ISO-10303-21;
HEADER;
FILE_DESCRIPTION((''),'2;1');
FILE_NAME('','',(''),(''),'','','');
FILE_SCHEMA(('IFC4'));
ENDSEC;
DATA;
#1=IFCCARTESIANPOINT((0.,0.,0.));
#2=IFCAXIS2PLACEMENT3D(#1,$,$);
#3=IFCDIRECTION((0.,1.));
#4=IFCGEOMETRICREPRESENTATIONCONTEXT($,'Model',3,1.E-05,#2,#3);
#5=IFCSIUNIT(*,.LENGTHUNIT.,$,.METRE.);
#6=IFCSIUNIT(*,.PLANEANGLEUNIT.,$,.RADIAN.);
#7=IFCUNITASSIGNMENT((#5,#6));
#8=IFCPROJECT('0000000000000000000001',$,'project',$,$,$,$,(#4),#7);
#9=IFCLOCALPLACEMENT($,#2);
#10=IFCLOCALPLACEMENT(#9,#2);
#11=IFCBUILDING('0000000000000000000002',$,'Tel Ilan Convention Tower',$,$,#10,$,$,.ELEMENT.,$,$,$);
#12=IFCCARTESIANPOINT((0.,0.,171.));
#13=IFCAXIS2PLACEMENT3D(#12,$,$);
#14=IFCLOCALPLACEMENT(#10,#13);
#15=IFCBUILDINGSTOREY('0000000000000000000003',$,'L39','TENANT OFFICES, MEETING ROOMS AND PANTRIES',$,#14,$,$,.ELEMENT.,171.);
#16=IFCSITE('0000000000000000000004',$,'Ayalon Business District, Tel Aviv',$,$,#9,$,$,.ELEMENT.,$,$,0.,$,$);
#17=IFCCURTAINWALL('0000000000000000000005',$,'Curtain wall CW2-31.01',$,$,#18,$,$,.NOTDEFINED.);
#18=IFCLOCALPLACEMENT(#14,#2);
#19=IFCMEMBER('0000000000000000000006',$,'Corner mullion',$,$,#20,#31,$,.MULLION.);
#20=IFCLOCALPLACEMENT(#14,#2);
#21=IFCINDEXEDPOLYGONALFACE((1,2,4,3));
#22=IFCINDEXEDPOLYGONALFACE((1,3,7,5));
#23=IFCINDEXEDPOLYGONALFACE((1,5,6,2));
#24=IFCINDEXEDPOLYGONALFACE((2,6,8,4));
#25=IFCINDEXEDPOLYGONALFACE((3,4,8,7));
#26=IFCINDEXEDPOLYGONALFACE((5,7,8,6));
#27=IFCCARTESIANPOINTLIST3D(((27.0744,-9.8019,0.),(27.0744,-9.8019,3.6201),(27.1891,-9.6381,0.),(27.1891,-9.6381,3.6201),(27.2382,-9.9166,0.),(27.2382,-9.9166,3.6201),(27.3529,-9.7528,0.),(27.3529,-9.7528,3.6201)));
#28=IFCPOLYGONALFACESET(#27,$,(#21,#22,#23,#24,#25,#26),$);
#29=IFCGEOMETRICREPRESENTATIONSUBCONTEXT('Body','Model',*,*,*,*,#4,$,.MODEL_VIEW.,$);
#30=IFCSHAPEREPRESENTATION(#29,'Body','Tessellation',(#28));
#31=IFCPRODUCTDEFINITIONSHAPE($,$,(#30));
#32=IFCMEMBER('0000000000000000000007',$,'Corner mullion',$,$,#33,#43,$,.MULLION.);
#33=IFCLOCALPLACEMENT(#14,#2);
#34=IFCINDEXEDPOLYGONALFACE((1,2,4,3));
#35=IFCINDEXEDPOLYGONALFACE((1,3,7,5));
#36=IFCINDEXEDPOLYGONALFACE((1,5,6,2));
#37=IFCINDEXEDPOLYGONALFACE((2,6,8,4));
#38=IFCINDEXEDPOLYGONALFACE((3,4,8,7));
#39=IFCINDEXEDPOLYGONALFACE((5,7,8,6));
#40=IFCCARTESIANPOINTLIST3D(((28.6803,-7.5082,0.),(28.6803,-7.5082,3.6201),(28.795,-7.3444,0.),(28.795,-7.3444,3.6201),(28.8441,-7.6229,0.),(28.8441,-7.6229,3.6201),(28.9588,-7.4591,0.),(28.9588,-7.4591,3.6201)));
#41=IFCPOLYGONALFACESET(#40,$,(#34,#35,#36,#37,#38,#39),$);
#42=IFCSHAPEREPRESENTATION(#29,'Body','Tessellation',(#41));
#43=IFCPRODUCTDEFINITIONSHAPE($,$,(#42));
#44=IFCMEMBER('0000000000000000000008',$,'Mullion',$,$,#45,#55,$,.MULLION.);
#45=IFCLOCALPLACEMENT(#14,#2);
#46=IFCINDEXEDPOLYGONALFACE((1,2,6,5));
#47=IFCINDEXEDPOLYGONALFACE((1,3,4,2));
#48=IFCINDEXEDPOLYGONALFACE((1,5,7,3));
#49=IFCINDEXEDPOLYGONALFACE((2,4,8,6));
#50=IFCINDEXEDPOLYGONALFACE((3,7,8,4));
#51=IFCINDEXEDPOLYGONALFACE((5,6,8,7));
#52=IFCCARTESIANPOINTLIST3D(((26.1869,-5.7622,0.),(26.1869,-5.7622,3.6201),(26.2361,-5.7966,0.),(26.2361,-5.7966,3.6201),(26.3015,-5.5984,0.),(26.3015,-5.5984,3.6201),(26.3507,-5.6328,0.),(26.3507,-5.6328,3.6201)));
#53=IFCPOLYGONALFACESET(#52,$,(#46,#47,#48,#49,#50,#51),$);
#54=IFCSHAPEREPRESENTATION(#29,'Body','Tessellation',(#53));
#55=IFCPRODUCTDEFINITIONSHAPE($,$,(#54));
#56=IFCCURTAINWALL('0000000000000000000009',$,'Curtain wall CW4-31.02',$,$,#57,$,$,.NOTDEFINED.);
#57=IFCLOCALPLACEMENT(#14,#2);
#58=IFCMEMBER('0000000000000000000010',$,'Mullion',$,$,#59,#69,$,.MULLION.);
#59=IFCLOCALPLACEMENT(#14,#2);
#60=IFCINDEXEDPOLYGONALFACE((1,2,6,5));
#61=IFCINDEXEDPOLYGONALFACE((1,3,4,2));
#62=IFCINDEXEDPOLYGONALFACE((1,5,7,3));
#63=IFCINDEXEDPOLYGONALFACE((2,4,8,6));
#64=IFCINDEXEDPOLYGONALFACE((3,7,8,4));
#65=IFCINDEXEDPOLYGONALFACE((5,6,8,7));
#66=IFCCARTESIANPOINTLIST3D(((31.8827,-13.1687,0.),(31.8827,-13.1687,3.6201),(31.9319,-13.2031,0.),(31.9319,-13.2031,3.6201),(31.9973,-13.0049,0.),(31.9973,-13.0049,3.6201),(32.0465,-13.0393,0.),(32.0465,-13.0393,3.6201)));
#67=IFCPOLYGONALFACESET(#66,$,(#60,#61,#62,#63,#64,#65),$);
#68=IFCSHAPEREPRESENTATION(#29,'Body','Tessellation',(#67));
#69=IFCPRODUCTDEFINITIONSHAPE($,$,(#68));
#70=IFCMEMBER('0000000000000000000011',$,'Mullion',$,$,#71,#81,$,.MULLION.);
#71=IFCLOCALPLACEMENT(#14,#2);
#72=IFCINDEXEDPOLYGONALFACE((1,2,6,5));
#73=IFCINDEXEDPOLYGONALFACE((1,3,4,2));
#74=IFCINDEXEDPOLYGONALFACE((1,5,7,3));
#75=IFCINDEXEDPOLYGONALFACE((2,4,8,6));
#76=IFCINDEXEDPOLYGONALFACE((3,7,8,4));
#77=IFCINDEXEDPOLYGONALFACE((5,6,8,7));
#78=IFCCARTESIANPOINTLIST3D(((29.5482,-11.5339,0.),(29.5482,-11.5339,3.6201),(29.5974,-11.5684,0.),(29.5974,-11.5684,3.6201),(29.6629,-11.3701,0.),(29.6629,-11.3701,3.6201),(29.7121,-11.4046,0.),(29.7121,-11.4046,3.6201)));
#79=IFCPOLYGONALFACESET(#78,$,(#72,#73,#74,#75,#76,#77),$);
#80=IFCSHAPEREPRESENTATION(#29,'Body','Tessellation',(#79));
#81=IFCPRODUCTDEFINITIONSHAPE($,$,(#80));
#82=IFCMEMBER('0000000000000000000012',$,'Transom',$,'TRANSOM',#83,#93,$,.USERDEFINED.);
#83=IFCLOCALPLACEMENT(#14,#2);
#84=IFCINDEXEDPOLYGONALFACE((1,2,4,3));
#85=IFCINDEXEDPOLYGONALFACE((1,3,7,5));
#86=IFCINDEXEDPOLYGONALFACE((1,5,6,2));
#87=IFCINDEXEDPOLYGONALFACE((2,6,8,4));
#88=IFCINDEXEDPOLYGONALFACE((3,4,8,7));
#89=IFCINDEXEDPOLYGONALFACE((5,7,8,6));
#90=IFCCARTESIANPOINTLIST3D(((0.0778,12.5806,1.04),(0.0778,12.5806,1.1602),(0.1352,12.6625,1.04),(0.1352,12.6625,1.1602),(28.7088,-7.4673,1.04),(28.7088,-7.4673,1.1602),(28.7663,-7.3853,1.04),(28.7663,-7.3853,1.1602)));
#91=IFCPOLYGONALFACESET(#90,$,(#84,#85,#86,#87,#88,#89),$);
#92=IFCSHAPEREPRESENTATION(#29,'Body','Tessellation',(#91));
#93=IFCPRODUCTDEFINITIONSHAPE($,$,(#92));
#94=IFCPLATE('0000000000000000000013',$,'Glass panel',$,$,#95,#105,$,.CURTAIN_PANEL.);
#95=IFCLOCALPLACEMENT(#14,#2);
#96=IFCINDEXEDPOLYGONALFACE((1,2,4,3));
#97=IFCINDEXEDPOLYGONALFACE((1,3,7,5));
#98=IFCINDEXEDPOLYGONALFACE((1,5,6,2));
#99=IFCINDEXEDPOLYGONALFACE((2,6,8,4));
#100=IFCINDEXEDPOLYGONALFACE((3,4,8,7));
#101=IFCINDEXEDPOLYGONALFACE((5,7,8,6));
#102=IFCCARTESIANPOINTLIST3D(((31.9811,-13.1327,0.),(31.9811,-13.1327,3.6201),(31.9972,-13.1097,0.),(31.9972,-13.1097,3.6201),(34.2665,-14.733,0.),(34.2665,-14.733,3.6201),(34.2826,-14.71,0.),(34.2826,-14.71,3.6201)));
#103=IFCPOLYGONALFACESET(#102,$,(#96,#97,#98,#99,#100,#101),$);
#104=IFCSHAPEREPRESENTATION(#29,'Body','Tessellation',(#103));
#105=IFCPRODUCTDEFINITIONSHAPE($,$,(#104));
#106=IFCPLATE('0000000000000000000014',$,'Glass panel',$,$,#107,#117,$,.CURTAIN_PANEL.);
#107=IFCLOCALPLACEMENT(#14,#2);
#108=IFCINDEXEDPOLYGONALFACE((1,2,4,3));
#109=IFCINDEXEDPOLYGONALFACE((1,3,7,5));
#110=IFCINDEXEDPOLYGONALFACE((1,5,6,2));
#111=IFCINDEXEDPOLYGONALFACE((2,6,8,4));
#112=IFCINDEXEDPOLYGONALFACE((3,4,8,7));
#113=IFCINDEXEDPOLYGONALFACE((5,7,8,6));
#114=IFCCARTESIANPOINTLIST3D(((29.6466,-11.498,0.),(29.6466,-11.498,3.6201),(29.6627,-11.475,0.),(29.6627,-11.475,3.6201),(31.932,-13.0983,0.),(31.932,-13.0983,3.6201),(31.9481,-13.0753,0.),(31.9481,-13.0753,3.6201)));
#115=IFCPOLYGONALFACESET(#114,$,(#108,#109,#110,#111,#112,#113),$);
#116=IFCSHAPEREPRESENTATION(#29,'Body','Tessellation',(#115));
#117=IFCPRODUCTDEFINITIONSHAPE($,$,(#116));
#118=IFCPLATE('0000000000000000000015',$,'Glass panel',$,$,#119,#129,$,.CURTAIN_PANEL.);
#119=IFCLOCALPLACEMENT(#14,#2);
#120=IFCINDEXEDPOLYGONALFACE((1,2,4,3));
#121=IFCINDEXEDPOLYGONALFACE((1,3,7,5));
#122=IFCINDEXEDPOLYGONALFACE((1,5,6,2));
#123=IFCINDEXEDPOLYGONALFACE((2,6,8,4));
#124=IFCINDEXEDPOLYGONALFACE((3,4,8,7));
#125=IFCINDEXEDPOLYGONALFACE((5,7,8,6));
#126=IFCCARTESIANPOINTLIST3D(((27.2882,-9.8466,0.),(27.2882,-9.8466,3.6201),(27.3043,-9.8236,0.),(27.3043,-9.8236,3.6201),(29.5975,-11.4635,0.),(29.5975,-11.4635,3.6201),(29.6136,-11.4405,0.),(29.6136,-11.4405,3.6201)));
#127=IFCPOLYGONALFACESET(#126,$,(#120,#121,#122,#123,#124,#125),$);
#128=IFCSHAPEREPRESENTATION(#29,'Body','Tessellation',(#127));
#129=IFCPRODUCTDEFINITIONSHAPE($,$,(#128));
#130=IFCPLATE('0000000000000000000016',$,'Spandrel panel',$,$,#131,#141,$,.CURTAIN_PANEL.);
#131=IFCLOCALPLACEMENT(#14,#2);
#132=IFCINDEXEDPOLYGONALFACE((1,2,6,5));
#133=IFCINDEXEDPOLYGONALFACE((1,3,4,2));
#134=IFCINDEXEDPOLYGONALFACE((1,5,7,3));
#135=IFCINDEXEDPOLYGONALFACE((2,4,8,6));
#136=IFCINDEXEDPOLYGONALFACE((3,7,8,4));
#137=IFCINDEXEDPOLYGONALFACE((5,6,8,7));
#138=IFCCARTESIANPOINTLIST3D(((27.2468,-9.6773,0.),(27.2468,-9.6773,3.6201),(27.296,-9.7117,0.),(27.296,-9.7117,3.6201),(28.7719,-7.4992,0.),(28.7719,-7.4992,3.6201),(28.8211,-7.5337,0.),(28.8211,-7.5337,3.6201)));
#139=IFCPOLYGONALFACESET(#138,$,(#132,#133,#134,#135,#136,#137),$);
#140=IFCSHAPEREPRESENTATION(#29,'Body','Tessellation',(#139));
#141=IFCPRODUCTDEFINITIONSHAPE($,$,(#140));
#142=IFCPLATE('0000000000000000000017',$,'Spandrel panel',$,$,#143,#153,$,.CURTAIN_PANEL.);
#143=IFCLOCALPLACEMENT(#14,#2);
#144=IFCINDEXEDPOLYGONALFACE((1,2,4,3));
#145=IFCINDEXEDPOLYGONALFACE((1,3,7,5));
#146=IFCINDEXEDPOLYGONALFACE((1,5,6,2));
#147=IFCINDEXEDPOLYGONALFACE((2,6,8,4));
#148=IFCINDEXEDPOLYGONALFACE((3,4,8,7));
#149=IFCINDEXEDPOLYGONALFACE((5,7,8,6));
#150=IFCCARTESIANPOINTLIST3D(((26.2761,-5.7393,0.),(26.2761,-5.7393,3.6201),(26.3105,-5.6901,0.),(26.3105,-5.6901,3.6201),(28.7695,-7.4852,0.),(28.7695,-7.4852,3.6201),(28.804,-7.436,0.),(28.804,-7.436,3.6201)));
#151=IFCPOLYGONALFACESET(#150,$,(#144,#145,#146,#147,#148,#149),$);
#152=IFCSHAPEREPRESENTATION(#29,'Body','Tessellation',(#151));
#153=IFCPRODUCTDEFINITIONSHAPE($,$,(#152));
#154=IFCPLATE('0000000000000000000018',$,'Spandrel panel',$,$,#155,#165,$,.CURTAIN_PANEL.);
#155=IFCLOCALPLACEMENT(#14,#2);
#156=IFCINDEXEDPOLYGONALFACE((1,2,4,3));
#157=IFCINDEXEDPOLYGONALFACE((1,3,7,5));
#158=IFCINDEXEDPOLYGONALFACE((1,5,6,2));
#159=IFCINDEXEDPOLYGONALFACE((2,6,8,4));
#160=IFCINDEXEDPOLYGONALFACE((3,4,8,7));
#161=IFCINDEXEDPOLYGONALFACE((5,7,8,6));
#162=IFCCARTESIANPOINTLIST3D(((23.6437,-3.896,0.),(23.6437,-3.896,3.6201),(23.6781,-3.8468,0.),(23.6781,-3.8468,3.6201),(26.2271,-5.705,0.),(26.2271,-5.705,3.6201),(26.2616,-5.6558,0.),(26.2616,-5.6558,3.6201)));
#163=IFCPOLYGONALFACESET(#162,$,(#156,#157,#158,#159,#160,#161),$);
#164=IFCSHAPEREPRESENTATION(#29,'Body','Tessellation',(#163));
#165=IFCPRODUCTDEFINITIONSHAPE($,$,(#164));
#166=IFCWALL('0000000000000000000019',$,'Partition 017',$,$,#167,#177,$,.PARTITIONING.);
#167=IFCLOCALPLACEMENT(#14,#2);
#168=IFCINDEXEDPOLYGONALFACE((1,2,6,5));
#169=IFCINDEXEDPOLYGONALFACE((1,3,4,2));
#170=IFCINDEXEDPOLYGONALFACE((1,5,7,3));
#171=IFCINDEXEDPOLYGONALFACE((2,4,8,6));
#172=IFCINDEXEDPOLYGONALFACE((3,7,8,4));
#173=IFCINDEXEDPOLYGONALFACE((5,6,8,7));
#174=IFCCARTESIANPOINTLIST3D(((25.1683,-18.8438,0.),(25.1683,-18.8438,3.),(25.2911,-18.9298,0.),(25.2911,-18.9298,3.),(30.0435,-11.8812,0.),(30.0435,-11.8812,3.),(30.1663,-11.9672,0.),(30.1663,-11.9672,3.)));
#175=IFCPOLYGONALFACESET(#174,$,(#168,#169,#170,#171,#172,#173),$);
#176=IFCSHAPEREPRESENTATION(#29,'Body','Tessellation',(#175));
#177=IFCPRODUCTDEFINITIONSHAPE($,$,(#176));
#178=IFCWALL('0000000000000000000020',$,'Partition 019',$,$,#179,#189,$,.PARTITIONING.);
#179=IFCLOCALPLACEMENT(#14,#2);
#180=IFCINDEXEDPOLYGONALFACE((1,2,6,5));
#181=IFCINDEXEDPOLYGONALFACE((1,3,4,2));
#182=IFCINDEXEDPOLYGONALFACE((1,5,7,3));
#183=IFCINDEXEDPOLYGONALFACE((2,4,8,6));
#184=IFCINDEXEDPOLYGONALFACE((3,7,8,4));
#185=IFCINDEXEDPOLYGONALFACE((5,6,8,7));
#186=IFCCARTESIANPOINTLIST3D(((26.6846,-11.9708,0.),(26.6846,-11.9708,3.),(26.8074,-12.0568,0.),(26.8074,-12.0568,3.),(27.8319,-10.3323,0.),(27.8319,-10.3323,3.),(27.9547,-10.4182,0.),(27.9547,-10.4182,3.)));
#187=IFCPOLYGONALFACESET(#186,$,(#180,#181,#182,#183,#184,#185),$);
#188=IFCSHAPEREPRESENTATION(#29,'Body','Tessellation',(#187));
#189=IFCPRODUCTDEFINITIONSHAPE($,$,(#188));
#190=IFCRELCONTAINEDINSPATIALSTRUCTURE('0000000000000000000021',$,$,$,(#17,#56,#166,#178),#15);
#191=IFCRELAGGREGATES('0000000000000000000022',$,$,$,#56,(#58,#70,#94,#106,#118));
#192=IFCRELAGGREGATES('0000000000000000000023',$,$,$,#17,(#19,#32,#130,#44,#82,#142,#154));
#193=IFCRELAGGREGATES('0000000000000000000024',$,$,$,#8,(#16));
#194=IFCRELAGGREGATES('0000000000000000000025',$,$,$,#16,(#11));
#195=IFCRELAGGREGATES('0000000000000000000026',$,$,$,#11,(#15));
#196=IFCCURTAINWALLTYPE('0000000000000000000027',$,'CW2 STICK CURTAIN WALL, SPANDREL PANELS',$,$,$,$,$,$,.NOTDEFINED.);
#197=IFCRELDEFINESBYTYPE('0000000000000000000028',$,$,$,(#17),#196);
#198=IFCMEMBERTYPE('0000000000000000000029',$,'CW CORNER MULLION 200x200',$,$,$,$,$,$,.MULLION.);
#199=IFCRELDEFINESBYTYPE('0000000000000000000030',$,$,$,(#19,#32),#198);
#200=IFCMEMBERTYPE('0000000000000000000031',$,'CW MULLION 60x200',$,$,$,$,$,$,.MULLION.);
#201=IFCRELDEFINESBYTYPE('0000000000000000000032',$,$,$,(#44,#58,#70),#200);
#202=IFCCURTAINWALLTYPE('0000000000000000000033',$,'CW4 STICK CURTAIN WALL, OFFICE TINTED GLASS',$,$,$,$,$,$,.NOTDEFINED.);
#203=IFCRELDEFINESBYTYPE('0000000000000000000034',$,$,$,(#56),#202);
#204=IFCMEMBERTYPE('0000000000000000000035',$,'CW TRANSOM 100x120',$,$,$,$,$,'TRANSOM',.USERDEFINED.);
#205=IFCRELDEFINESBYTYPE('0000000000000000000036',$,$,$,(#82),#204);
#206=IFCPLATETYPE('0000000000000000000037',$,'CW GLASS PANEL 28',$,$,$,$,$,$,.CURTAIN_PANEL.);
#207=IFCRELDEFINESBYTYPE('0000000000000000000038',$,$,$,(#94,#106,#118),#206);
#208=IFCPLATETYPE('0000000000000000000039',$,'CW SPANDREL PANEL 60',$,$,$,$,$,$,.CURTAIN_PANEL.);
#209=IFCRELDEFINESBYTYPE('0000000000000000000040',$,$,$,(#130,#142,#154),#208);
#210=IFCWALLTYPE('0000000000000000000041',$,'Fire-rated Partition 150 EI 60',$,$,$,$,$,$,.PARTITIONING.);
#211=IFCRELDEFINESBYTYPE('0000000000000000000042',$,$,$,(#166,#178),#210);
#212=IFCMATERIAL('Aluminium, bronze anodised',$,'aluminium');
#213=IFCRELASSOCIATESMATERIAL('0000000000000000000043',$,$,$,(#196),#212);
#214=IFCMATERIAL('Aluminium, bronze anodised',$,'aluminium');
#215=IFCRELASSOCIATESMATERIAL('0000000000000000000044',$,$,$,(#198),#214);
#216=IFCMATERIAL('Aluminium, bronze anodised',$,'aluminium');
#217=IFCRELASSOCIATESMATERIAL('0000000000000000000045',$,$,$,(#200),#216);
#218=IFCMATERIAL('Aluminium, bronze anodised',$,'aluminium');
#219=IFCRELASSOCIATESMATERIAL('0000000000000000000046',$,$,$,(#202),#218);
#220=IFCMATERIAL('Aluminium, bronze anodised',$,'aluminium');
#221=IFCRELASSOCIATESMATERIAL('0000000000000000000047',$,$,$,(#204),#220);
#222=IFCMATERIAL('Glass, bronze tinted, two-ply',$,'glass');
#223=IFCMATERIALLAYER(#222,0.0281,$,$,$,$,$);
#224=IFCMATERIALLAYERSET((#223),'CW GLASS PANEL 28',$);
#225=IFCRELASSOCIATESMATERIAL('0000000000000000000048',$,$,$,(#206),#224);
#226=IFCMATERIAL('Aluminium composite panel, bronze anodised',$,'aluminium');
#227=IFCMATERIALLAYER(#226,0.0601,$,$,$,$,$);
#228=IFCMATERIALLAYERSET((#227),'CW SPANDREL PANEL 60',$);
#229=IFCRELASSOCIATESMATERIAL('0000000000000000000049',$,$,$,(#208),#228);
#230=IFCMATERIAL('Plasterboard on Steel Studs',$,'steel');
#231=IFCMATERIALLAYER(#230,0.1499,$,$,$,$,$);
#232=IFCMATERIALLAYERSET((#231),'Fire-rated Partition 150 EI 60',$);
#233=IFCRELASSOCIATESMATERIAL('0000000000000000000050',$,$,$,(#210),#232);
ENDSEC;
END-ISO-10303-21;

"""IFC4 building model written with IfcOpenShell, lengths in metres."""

from ifc_helpers import new_model, si_unit, direction, frame, frame_2d, origin, origin_2d, place, context, subcontext, project, spatial, rectangle, extrude, material, layer, layer_set, material_profile, profile_set, type_object, element, aggregate, save


model = new_model("IFC4")

# Units and contexts
model_context = context("Model", 3, precision=1e-05, world=origin(), true_north=direction((0.0, 1.0)))
body_context = subcontext(model_context, "Body", "Model", "MODEL_VIEW")
ifc_project = project(units=[si_unit("LENGTHUNIT", "METRE"), si_unit("PLANEANGLEUNIT", "RADIAN")], contexts=[model_context])

# Site, building, storey
site_placement = place(None, origin())
site = spatial("IfcSite", under=ifc_project, at=site_placement, Name="Ayalon Business District, Tel Aviv", CompositionType="ELEMENT", RefElevation=0.0)
building_placement = place(site_placement, origin())
building = spatial("IfcBuilding", under=site, at=building_placement, Name="Tel Ilan Convention Tower", CompositionType="ELEMENT")
storey_placement = place(building_placement, frame((0.0, 0.0, 171.0)))
storey = spatial("IfcBuildingStorey", under=building, at=storey_placement, Name="L39", Description="TENANT OFFICES, MEETING ROOMS AND PANTRIES", CompositionType="ELEMENT", Elevation=171.0)

# Curtain walls, members
ifc_material_1 = material(Name="Aluminium, bronze anodised", Category="aluminium")
curtain_wall_type_1 = type_object("IfcCurtainWallType", Name="CW2 STICK CURTAIN WALL, SPANDREL PANELS", PredefinedType="NOTDEFINED", material=ifc_material_1)
curtain_wall_1_placement = place(storey_placement, origin())
curtain_wall_1 = element("IfcCurtainWall", 1, at=curtain_wall_1_placement, inside=storey, type_object=curtain_wall_type_1, Name="Curtain wall CW2-31.01", PredefinedType="NOTDEFINED")
ifc_material_2 = material(Name="Aluminium, bronze anodised", Category="aluminium")
ifc_material_profile_1 = material_profile(ifc_material_2, rectangle(XDim=0.2, YDim=0.2, at=origin_2d()), Name="CW CORNER MULLION 200x200")
ifc_profile_set_1 = profile_set([ifc_material_profile_1], Name="Aluminium, bronze anodised")
member_type_1 = type_object("IfcMemberType", Name="CW CORNER MULLION 200x200", PredefinedType="MULLION", material=ifc_profile_set_1)
member_1_placement = place(storey_placement, frame((27.2136, -9.7773, 0.0), z_axis=(0.0, 0.0, 1.0), x_axis=(-0.819152, 0.573576, 0.0)))
member_1 = element("IfcMember", 2, at=member_1_placement, type_object=member_type_1, Name="Corner mullion", PredefinedType="MULLION", context=body_context, shape_type="SweptSolid", body=[
    extrude(rectangle(XDim=0.2, YDim=0.2, at=origin_2d()), origin(), (0.0, 0.0, 1.0), 3.6201),
])
member_2_placement = place(storey_placement, frame((28.8196, -7.4836, 0.0), z_axis=(0.0, 0.0, 1.0), x_axis=(0.573576, 0.819152, 0.0)))
member_2 = element("IfcMember", 3, at=member_2_placement, type_object=member_type_1, Name="Corner mullion", PredefinedType="MULLION", context=body_context, shape_type="SweptSolid", body=[
    extrude(rectangle(XDim=0.2, YDim=0.2, at=origin_2d()), origin(), (0.0, 0.0, 1.0), 3.6201),
])
ifc_material_3 = material(Name="Aluminium, bronze anodised", Category="aluminium")
ifc_material_profile_2 = material_profile(ifc_material_3, rectangle(XDim=0.0601, YDim=0.2, at=origin_2d()), Name="CW MULLION 60x200")
ifc_profile_set_2 = profile_set([ifc_material_profile_2], Name="Aluminium, bronze anodised")
member_type_2 = type_object("IfcMemberType", Name="CW MULLION 60x200", PredefinedType="MULLION", material=ifc_profile_set_2)
member_3_placement = place(storey_placement, frame((26.2688, -5.6975, 0.0), z_axis=(0.0, 0.0, 1.0), x_axis=(-0.819152, 0.573576, 0.0)))
member_3 = element("IfcMember", 4, at=member_3_placement, type_object=member_type_2, Name="Mullion", PredefinedType="MULLION", context=body_context, shape_type="SweptSolid", body=[
    extrude(rectangle(XDim=0.0601, YDim=0.2, at=origin_2d()), origin(), (0.0, 0.0, 1.0), 3.6201),
])
ifc_material_4 = material(Name="Aluminium, bronze anodised", Category="aluminium")
curtain_wall_type_2 = type_object("IfcCurtainWallType", Name="CW4 STICK CURTAIN WALL, OFFICE TINTED GLASS", PredefinedType="NOTDEFINED", material=ifc_material_4)
curtain_wall_2_placement = place(storey_placement, origin())
curtain_wall_2 = element("IfcCurtainWall", 5, at=curtain_wall_2_placement, inside=storey, type_object=curtain_wall_type_2, Name="Curtain wall CW4-31.02", PredefinedType="NOTDEFINED")
member_4_placement = place(storey_placement, frame((31.9646, -13.104, 0.0), z_axis=(0.0, 0.0, 1.0), x_axis=(-0.819152, 0.573576, 0.0)))
member_4 = element("IfcMember", 6, at=member_4_placement, type_object=member_type_2, Name="Mullion", PredefinedType="MULLION", context=body_context, shape_type="SweptSolid", body=[
    extrude(rectangle(XDim=0.0601, YDim=0.2, at=origin_2d()), origin(), (0.0, 0.0, 1.0), 3.6201),
])
member_5_placement = place(storey_placement, frame((29.6301, -11.4692, 0.0), z_axis=(0.0, 0.0, 1.0), x_axis=(-0.819152, 0.573576, 0.0)))
member_5 = element("IfcMember", 7, at=member_5_placement, type_object=member_type_2, Name="Mullion", PredefinedType="MULLION", context=body_context, shape_type="SweptSolid", body=[
    extrude(rectangle(XDim=0.0601, YDim=0.2, at=origin_2d()), origin(), (0.0, 0.0, 1.0), 3.6201),
])

# Member
ifc_material_5 = material(Name="Aluminium, bronze anodised", Category="aluminium")
ifc_material_profile_3 = material_profile(ifc_material_5, rectangle(XDim=0.1001, YDim=0.1201, at=origin_2d()), Name="CW TRANSOM 100x120")
ifc_profile_set_3 = profile_set([ifc_material_profile_3], Name="Aluminium, bronze anodised")
member_type_3 = type_object("IfcMemberType", Name="CW TRANSOM 100x120", ElementType="TRANSOM", PredefinedType="USERDEFINED", material=ifc_profile_set_3)
member_6_placement = place(storey_placement, frame((28.7375, -7.4263, 1.1001), z_axis=(-0.81915, 0.573579, 0.0), x_axis=(-0.573579, -0.81915, 0.0)))
member_6 = element("IfcMember", 8, at=member_6_placement, type_object=member_type_3, Name="Transom", ObjectType="TRANSOM", PredefinedType="USERDEFINED", context=body_context, shape_type="SweptSolid", body=[
    extrude(rectangle(XDim=0.1001, YDim=0.1201, at=origin_2d()), origin(), (0.0, 0.0, 1.0), 34.9521),
])

# Plates
ifc_material_6 = material(Name="Glass, bronze tinted, two-ply", Category="glass")
ifc_layer_1 = layer(ifc_material_6, 0.0281)
ifc_layer_set_1 = layer_set([ifc_layer_1], Name="CW GLASS PANEL 28")
plate_type_1 = type_object("IfcPlateType", Name="CW GLASS PANEL 28", PredefinedType="CURTAIN_PANEL", material=ifc_layer_set_1)
plate_1_placement = place(storey_placement, frame((33.1318, -13.9214, 0.0), z_axis=(0.0, 0.0, 1.0), x_axis=(-0.819152, 0.573576, 0.0)))
plate_1 = element("IfcPlate", 9, at=plate_1_placement, type_object=plate_type_1, Name="Glass panel", PredefinedType="CURTAIN_PANEL", context=body_context, shape_type="SweptSolid", body=[
    extrude(rectangle(XDim=2.79, YDim=0.0281, at=origin_2d()), origin(), (0.0, 0.0, 1.0), 3.6201),
])
plate_2_placement = place(storey_placement, frame((30.7974, -12.2866, 0.0), z_axis=(0.0, 0.0, 1.0), x_axis=(-0.819152, 0.573576, 0.0)))
plate_2 = element("IfcPlate", 10, at=plate_2_placement, type_object=plate_type_1, Name="Glass panel", PredefinedType="CURTAIN_PANEL", context=body_context, shape_type="SweptSolid", body=[
    extrude(rectangle(XDim=2.79, YDim=0.0281, at=origin_2d()), origin(), (0.0, 0.0, 1.0), 3.6201),
])
plate_3_placement = place(storey_placement, frame((28.4509, -10.6436, 0.0), z_axis=(0.0, 0.0, 1.0), x_axis=(-0.819152, 0.573576, 0.0)))
plate_3 = element("IfcPlate", 11, at=plate_3_placement, type_object=plate_type_1, Name="Glass panel", PredefinedType="CURTAIN_PANEL", context=body_context, shape_type="SweptSolid", body=[
    extrude(rectangle(XDim=2.8191, YDim=0.0281, at=origin_2d()), origin(), (0.0, 0.0, 1.0), 3.6201),
])
aggregate(curtain_wall_2, [member_4, member_5, plate_1, plate_2, plate_3])
ifc_material_7 = material(Name="Aluminium composite panel, bronze anodised", Category="aluminium")
ifc_layer_2 = layer(ifc_material_7, 0.0601)
ifc_layer_set_2 = layer_set([ifc_layer_2], Name="CW SPANDREL PANEL 60")
plate_type_2 = type_object("IfcPlateType", Name="CW SPANDREL PANEL 60", PredefinedType="CURTAIN_PANEL", material=ifc_layer_set_2)
plate_4_placement = place(storey_placement, frame((28.0339, -8.6055, 0.0), z_axis=(0.0, 0.0, 1.0), x_axis=(0.573576, 0.819152, 0.0)))
plate_4 = element("IfcPlate", 12, at=plate_4_placement, type_object=plate_type_2, Name="Spandrel panel", PredefinedType="CURTAIN_PANEL", context=body_context, shape_type="SweptSolid", body=[
    extrude(rectangle(XDim=2.6589, YDim=0.0601, at=origin_2d()), origin(), (0.0, 0.0, 1.0), 3.6201),
])
plate_5_placement = place(storey_placement, frame((27.54, -6.5876, 0.0), z_axis=(0.0, 0.0, 1.0), x_axis=(-0.819152, 0.573576, 0.0)))
plate_5 = element("IfcPlate", 13, at=plate_5_placement, type_object=plate_type_2, Name="Spandrel panel", PredefinedType="CURTAIN_PANEL", context=body_context, shape_type="SweptSolid", body=[
    extrude(rectangle(XDim=3.0439, YDim=0.0601, at=origin_2d()), origin(), (0.0, 0.0, 1.0), 3.6201),
])
plate_6_placement = place(storey_placement, frame((24.9526, -4.7759, 0.0), z_axis=(0.0, 0.0, 1.0), x_axis=(-0.819152, 0.573576, 0.0)))
plate_6 = element("IfcPlate", 14, at=plate_6_placement, type_object=plate_type_2, Name="Spandrel panel", PredefinedType="CURTAIN_PANEL", context=body_context, shape_type="SweptSolid", body=[
    extrude(rectangle(XDim=3.1538, YDim=0.0601, at=origin_2d()), origin(), (0.0, 0.0, 1.0), 3.6201),
])
aggregate(curtain_wall_1, [member_1, member_2, plate_4, member_3, member_6, plate_5, plate_6])

# Walls
ifc_material_8 = material(Name="Plasterboard on Steel Studs", Category="steel")
ifc_layer_3 = layer(ifc_material_8, 0.1499)
ifc_layer_set_3 = layer_set([ifc_layer_3], Name="Fire-rated Partition 150 EI 60")
wall_type_1 = type_object("IfcWallType", Name="Fire-rated Partition 150 EI 60", PredefinedType="PARTITIONING", material=ifc_layer_set_3)
wall_1_placement = place(storey_placement, frame((30.105, -11.9241, 0.0), z_axis=(0.0, 0.0, 1.0), x_axis=(-0.573572, -0.819155, 0.0)))
element("IfcWall", 15, at=wall_1_placement, inside=storey, type_object=wall_type_1, Name="Partition 017", PredefinedType="PARTITIONING", context=body_context, shape_type="SweptSolid", body=[
    extrude(rectangle(XDim=8.4998, YDim=0.1499, at=frame_2d((4.25, 0.0))), origin(), (0.0, 0.0, 1.0), 3.0),
])
wall_2_placement = place(storey_placement, frame((26.7461, -12.0137, 0.0), z_axis=(0.0, 0.0, 1.0), x_axis=(0.573569, 0.819157, 0.0)))
element("IfcWall", 16, at=wall_2_placement, inside=storey, type_object=wall_type_1, Name="Partition 019", PredefinedType="PARTITIONING", context=body_context, shape_type="SweptSolid", body=[
    extrude(rectangle(XDim=2.0002, YDim=0.1499, at=frame_2d((1.0, 0.0))), origin(), (0.0, 0.0, 1.0), 3.0),
])

save(model, "model.ifc")
